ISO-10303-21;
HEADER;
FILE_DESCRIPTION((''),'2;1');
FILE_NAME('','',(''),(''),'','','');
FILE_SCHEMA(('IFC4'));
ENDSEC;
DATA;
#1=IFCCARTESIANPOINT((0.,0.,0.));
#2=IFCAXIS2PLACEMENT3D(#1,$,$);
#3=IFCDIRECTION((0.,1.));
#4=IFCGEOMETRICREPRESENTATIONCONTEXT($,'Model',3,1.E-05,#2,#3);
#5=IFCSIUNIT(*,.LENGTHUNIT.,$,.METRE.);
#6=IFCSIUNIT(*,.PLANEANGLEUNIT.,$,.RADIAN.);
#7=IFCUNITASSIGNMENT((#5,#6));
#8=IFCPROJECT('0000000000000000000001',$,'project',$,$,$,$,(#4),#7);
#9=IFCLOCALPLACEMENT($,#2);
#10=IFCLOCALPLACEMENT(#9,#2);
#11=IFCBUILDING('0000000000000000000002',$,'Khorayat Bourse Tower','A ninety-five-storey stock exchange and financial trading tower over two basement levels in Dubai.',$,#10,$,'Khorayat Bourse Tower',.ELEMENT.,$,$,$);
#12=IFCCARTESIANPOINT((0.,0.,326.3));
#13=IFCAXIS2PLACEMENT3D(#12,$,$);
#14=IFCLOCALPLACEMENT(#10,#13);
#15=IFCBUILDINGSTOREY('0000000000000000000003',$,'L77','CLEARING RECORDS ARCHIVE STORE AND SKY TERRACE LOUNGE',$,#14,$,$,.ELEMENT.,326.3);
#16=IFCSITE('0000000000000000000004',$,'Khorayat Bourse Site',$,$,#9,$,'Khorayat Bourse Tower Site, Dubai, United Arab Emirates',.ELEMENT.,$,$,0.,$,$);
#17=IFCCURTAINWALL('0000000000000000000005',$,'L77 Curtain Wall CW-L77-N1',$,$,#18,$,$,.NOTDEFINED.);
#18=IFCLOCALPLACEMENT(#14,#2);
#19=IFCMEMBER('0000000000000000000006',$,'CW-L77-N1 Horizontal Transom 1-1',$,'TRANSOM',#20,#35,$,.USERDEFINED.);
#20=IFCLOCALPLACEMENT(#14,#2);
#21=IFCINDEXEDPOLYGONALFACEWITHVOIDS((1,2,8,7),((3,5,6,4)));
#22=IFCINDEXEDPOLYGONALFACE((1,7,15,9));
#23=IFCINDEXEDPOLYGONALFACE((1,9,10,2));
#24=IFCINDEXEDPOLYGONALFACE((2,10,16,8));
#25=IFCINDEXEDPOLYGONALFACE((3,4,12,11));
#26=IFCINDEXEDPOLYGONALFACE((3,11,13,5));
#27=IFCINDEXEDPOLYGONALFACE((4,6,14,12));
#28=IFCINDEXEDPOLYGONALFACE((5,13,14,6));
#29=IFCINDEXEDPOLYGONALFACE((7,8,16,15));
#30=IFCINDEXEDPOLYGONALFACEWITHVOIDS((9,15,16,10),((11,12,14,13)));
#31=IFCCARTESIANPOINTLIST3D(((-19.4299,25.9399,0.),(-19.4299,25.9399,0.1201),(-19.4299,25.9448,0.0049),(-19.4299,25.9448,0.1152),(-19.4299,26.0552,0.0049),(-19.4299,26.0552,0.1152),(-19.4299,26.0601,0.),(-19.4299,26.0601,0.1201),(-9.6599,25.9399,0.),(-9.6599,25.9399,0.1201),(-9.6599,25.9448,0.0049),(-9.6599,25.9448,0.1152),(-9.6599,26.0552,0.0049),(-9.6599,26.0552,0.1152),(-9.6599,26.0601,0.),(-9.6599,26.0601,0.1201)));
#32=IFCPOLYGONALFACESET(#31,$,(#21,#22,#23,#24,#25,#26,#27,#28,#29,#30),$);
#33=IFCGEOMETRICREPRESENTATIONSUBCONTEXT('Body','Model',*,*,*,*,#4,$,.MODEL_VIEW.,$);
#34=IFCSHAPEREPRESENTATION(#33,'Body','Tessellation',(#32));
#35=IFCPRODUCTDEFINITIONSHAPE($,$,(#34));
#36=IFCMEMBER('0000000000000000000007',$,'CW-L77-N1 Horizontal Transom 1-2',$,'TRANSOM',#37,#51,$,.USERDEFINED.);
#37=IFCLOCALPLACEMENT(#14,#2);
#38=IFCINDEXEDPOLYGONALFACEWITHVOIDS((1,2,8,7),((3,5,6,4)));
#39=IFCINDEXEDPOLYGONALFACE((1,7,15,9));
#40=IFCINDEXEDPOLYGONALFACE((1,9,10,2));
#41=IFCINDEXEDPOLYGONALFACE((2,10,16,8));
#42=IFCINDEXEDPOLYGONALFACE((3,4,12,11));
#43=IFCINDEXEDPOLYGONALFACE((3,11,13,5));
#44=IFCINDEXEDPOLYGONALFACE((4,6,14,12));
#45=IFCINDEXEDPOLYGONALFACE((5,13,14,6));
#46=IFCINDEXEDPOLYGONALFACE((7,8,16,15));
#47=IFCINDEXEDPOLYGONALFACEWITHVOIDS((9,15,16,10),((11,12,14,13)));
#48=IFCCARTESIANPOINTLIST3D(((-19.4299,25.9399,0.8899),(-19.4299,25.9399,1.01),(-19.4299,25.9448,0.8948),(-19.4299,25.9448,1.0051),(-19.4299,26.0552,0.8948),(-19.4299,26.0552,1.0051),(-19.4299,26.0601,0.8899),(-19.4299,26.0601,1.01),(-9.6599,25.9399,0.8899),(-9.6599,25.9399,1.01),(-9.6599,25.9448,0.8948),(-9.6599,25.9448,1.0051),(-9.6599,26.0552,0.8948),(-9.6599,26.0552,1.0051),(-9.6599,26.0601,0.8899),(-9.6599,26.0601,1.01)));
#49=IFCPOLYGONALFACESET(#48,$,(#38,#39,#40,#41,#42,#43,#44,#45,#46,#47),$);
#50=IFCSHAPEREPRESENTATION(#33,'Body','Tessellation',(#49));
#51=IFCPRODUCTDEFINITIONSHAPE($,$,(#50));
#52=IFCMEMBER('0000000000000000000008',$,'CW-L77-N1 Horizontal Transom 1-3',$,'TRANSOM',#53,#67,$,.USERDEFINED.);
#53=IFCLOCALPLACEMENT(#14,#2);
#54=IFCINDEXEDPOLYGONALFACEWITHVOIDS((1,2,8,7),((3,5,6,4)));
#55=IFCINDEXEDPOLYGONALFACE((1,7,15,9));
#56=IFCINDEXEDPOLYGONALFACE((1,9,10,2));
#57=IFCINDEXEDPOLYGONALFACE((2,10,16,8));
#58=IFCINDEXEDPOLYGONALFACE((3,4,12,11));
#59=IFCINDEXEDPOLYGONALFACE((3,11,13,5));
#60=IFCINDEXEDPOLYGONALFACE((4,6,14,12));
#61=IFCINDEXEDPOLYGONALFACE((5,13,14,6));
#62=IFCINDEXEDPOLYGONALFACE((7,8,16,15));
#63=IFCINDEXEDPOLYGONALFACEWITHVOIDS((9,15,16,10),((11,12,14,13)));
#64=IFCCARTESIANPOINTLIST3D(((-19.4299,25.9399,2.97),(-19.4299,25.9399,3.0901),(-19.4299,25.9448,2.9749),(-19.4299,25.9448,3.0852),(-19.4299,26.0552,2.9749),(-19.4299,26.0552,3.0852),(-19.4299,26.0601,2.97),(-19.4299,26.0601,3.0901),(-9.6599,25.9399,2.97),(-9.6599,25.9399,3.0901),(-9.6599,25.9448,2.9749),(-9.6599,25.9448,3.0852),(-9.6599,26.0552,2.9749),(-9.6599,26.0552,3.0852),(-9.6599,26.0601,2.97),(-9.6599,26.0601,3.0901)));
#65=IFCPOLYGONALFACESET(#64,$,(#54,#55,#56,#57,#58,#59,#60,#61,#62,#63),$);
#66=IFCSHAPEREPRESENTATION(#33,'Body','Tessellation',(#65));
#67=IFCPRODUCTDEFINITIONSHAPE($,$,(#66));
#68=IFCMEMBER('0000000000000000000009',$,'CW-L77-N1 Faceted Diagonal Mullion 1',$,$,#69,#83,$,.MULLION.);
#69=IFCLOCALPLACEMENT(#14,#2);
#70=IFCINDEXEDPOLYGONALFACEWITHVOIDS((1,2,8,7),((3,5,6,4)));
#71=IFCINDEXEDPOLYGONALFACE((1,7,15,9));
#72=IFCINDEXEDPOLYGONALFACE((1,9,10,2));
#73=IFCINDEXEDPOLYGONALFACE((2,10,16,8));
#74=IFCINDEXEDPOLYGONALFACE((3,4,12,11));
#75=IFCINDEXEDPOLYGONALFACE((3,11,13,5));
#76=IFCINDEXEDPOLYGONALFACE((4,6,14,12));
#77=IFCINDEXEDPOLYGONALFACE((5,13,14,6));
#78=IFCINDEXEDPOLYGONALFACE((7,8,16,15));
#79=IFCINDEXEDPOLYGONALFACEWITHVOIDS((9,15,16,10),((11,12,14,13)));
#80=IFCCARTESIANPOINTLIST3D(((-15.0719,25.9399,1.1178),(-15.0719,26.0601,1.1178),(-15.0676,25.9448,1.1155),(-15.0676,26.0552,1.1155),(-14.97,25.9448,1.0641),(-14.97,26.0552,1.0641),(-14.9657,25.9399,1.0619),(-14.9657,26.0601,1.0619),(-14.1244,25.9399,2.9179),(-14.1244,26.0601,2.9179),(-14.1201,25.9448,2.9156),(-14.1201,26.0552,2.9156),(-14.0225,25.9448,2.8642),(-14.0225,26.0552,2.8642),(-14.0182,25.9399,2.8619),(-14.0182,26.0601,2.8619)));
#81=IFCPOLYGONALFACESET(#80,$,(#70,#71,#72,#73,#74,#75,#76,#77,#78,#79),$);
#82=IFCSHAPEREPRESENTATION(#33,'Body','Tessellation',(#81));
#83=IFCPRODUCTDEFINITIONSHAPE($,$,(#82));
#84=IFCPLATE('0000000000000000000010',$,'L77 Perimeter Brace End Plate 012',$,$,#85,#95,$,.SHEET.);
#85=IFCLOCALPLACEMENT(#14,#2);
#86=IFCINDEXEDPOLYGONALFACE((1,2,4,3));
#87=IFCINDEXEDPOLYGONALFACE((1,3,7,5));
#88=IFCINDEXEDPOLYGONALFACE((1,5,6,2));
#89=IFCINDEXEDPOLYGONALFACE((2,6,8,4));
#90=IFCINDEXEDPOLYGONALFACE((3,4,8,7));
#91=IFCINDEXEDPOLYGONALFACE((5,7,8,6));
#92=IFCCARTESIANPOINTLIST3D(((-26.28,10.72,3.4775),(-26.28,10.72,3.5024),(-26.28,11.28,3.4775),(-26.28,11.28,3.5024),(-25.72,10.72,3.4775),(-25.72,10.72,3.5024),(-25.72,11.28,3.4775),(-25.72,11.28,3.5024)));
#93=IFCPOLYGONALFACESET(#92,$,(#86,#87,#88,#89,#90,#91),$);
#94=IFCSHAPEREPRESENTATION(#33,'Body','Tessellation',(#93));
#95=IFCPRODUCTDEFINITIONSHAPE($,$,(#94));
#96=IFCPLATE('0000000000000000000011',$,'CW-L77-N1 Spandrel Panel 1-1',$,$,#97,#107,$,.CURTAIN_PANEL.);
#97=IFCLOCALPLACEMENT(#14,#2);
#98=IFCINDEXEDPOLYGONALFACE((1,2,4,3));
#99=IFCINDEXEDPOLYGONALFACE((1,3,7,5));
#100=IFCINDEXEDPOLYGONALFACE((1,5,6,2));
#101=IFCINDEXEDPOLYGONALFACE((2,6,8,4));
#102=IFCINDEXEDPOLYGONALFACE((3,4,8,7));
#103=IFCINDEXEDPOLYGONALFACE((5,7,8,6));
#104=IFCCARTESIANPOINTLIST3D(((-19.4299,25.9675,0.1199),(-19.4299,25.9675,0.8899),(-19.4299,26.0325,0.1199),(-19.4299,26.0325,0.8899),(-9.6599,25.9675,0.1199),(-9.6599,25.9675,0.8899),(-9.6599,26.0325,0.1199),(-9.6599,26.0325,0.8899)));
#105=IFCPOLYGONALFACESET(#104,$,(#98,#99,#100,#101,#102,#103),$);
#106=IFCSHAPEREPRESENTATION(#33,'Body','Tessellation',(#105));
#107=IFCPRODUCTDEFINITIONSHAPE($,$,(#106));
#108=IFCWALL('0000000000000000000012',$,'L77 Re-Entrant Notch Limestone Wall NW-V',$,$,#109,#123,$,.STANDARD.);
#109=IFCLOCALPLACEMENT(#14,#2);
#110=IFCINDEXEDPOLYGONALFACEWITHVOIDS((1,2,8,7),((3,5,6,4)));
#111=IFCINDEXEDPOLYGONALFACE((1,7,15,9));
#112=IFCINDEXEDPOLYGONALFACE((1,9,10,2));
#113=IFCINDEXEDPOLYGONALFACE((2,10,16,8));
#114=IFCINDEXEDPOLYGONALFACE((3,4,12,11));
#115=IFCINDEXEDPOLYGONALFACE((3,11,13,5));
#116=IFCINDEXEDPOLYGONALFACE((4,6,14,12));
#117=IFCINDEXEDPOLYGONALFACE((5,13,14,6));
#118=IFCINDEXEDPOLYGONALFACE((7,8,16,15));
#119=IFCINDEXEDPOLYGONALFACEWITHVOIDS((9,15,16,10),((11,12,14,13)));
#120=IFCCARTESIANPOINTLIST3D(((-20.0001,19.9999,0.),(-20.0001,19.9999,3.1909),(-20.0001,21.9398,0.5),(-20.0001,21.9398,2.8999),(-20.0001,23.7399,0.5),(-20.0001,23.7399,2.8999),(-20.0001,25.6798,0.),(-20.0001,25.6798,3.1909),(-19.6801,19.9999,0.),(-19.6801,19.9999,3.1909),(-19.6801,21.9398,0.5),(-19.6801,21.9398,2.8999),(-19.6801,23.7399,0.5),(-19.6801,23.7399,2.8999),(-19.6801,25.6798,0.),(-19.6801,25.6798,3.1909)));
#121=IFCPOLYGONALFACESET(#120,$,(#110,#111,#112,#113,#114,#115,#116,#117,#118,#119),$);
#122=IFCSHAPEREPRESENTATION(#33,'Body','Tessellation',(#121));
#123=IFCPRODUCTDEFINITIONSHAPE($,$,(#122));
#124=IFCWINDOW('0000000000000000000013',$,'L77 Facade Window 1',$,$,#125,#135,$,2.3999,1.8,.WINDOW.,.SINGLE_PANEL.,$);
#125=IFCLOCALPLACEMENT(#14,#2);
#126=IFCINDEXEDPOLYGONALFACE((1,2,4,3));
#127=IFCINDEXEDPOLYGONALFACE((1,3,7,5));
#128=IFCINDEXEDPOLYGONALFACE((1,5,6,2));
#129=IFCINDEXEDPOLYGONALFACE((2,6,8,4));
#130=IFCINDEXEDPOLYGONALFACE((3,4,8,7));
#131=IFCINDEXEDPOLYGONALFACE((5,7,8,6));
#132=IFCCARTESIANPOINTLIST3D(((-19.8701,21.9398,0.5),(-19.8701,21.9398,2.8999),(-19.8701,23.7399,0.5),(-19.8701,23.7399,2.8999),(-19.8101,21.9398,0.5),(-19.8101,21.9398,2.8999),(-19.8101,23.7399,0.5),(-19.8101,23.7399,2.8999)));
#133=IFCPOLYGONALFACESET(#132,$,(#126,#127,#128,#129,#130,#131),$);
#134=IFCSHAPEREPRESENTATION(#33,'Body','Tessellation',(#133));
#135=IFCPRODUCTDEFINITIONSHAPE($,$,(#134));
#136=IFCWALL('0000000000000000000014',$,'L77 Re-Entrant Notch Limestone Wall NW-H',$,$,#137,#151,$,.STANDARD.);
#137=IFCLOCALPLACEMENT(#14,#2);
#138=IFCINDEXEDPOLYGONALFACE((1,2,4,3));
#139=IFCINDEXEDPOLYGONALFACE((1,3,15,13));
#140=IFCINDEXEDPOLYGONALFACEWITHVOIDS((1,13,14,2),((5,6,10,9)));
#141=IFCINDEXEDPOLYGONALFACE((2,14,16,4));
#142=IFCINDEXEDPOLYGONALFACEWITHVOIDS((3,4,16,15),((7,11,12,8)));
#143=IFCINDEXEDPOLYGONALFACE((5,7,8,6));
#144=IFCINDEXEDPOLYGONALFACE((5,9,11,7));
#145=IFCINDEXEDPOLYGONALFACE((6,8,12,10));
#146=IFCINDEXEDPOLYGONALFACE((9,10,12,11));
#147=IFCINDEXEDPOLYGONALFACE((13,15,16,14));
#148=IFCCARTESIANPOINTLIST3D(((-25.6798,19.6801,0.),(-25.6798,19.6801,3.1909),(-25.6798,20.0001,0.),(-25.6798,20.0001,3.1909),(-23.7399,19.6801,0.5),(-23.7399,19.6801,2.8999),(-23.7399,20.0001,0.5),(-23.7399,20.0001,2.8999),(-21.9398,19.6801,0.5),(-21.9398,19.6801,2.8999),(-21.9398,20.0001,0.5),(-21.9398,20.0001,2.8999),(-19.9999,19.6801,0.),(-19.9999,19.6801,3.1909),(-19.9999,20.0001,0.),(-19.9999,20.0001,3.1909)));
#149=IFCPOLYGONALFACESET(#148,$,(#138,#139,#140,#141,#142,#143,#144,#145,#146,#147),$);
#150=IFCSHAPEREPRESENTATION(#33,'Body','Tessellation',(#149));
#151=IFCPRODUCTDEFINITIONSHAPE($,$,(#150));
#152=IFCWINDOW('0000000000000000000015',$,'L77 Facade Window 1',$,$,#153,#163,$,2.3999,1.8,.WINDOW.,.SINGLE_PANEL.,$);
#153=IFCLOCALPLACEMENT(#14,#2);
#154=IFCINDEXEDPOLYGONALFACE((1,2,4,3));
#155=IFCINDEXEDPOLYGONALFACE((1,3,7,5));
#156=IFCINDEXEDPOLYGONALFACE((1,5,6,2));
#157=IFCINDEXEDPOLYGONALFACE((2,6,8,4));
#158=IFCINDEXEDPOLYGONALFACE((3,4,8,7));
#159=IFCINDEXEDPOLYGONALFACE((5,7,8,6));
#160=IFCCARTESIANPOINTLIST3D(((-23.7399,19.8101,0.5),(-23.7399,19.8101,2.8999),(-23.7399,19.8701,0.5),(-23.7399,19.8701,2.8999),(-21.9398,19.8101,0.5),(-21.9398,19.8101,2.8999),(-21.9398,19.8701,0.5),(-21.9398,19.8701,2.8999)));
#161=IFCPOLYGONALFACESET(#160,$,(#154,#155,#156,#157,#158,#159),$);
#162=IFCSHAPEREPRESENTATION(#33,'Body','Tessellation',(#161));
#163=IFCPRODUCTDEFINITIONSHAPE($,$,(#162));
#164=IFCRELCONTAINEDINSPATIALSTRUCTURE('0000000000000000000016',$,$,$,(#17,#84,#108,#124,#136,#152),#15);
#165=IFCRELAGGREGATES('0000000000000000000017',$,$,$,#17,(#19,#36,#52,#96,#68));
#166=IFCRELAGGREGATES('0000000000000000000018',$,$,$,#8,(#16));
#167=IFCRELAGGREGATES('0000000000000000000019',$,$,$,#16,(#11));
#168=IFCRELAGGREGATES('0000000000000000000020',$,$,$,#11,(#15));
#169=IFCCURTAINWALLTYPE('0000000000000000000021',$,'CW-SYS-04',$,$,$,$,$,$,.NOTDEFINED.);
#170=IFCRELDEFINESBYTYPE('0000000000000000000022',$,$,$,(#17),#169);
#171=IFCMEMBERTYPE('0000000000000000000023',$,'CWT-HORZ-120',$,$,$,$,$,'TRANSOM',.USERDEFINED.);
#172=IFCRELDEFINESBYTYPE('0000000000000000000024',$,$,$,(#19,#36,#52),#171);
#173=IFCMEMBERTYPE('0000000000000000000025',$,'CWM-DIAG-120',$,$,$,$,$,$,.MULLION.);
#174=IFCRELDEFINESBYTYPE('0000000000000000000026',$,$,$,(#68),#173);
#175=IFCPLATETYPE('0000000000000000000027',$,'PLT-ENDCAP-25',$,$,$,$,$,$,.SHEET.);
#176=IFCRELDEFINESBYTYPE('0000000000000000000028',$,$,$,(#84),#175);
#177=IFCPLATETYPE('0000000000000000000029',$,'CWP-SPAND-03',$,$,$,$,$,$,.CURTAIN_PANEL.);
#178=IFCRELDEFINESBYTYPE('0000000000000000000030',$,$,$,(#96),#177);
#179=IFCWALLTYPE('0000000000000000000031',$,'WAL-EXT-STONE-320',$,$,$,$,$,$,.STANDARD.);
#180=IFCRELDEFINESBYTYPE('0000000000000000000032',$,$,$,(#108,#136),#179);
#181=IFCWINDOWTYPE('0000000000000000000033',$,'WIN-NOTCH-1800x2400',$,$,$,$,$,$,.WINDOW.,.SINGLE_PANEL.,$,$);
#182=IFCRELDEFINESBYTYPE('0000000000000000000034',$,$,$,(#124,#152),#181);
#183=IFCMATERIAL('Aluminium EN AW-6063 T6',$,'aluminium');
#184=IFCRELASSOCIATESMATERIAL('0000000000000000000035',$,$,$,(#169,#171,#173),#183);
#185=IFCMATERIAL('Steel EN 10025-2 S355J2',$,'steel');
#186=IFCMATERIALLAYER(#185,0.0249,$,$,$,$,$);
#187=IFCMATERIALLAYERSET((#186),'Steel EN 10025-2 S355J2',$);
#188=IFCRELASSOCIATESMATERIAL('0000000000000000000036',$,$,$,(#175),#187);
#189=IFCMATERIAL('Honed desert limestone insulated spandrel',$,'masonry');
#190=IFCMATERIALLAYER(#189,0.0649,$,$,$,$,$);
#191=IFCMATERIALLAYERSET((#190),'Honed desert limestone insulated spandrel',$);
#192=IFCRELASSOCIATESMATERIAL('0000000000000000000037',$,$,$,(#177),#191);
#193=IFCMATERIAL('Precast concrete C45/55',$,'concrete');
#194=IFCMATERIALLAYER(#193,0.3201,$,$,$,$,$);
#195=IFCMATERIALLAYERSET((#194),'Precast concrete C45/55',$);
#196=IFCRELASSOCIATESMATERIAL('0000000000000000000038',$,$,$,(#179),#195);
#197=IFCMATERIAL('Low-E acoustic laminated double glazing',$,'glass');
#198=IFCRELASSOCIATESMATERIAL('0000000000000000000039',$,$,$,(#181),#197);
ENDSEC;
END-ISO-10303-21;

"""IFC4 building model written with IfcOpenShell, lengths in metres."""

from ifc_helpers import new_model, si_unit, direction, frame, frame_2d, origin, origin_2d, place, context, subcontext, project, spatial, rectangle, hollow_rectangle, extrude, source, transform, mapped, material, layer, layer_set, material_profile, profile_set, type_object, element, fill, aggregate, save


model = new_model("IFC4")

# Units and contexts
model_context = context("Model", 3, precision=1e-05, world=origin(), true_north=direction((0.0, 1.0)))
body_context = subcontext(model_context, "Body", "Model", "MODEL_VIEW")
ifc_project = project(units=[si_unit("LENGTHUNIT", "METRE"), si_unit("PLANEANGLEUNIT", "RADIAN")], contexts=[model_context])

# Site, building, storey
site_placement = place(None, origin())
site = spatial("IfcSite", under=ifc_project, at=site_placement, Name="Khorayat Bourse Site", LongName="Khorayat Bourse Tower Site, Dubai, United Arab Emirates", CompositionType="ELEMENT", RefElevation=0.0)
building_placement = place(site_placement, origin())
building = spatial("IfcBuilding", under=site, at=building_placement, Name="Khorayat Bourse Tower", Description="A ninety-five-storey stock exchange and financial trading tower over two basement levels in Dubai.", LongName="Khorayat Bourse Tower", CompositionType="ELEMENT")
storey_placement = place(building_placement, frame((0.0, 0.0, 326.3)))
storey = spatial("IfcBuildingStorey", under=building, at=storey_placement, Name="L77", Description="CLEARING RECORDS ARCHIVE STORE AND SKY TERRACE LOUNGE", CompositionType="ELEMENT", Elevation=326.3)

# Shared definitions
ifc_material_1 = material(Name="Steel EN 10025-2 S355J2", Category="steel")

# Curtain wall
ifc_material_2 = material(Name="Aluminium EN AW-6063 T6", Category="aluminium")
curtain_wall_type = type_object("IfcCurtainWallType", Name="CW-SYS-04", PredefinedType="NOTDEFINED", material=ifc_material_2)
curtain_wall_1_placement = place(storey_placement, origin())
curtain_wall_1 = element("IfcCurtainWall", 1, at=curtain_wall_1_placement, inside=storey, type_object=curtain_wall_type, Name="L77 Curtain Wall CW-L77-N1", PredefinedType="NOTDEFINED")

# Members
ifc_material_profile_1 = material_profile(ifc_material_2, hollow_rectangle(XDim=0.1201, YDim=0.1201, WallThickness=0.0049, at=origin_2d()), Name="ALU 120x120x5")
ifc_profile_set_1 = profile_set([ifc_material_profile_1], Name="Aluminium EN AW-6063 T6")
member_type_1 = type_object("IfcMemberType", Name="CWT-HORZ-120", ElementType="TRANSOM", PredefinedType="USERDEFINED", material=ifc_profile_set_1)
shared_shape_1 = source(origin(), body_context, "Body", "SweptSolid", [
    extrude(hollow_rectangle(XDim=0.1201, YDim=0.1201, WallThickness=0.0049, at=origin_2d()), origin(), (0.0, 0.0, 1.0), 9.77),
])
member_1_placement = place(storey_placement, frame((-19.4299, 26.0, 0.0601), z_axis=(1.0, 0.0, 0.0), x_axis=(0.0, 1.0, 0.0)))
member_1 = element("IfcMember", 2, at=member_1_placement, type_object=member_type_1, Name="CW-L77-N1 Horizontal Transom 1-1", ObjectType="TRANSOM", PredefinedType="USERDEFINED", context=body_context, shape_type="MappedRepresentation", body=[
    mapped(shared_shape_1, transform((0.0, 0.0, 0.0), scale=1.0)),
])
member_2_placement = place(storey_placement, frame((-19.4299, 26.0, 0.95), z_axis=(1.0, 0.0, 0.0), x_axis=(0.0, 1.0, 0.0)))
member_2 = element("IfcMember", 3, at=member_2_placement, type_object=member_type_1, Name="CW-L77-N1 Horizontal Transom 1-2", ObjectType="TRANSOM", PredefinedType="USERDEFINED", context=body_context, shape_type="MappedRepresentation", body=[
    mapped(shared_shape_1, transform((0.0, 0.0, 0.0), scale=1.0)),
])
member_3_placement = place(storey_placement, frame((-19.4299, 26.0, 3.03), z_axis=(1.0, 0.0, 0.0), x_axis=(0.0, 1.0, 0.0)))
member_3 = element("IfcMember", 4, at=member_3_placement, type_object=member_type_1, Name="CW-L77-N1 Horizontal Transom 1-3", ObjectType="TRANSOM", PredefinedType="USERDEFINED", context=body_context, shape_type="MappedRepresentation", body=[
    mapped(shared_shape_1, transform((0.0, 0.0, 0.0), scale=1.0)),
])
ifc_material_profile_2 = material_profile(ifc_material_2, hollow_rectangle(XDim=0.1201, YDim=0.1201, WallThickness=0.0049, at=origin_2d()), Name="ALU 120x120x5")
ifc_profile_set_2 = profile_set([ifc_material_profile_2], Name="Aluminium EN AW-6063 T6")
member_type_2 = type_object("IfcMemberType", Name="CWM-DIAG-120", PredefinedType="MULLION", material=ifc_profile_set_2)
shared_shape_2 = source(origin(), body_context, "Body", "SweptSolid", [
    extrude(hollow_rectangle(XDim=0.1201, YDim=0.1201, WallThickness=0.0049, at=origin_2d()), origin(), (0.0, 0.0, 1.0), 2.0342),
])
member_4_placement = place(storey_placement, frame((-15.0188, 26.0, 1.0898), z_axis=(0.465791, 0.0, 0.884895), x_axis=(0.0, 1.0, 0.0)))
member_4 = element("IfcMember", 5, at=member_4_placement, type_object=member_type_2, Name="CW-L77-N1 Faceted Diagonal Mullion 1", PredefinedType="MULLION", context=body_context, shape_type="MappedRepresentation", body=[
    mapped(shared_shape_2, transform((0.0, 0.0, 0.0), scale=1.0)),
])

# Plates
ifc_layer_1 = layer(ifc_material_1, 0.0249)
ifc_layer_set_1 = layer_set([ifc_layer_1], Name="Steel EN 10025-2 S355J2")
plate_type_1 = type_object("IfcPlateType", Name="PLT-ENDCAP-25", PredefinedType="SHEET", material=ifc_layer_set_1)
shared_shape_3 = source(origin(), body_context, "Body", "SweptSolid", [
    extrude(rectangle(XDim=0.5601, YDim=0.5601, at=origin_2d()), origin(), (0.0, 0.0, 1.0), 0.0249),
])
plate_1_placement = place(storey_placement, frame((-26.0, 11.0, 3.4775), z_axis=(0.0, 0.0, 1.0), x_axis=(1.0, 0.0, 0.0)))
element("IfcPlate", 6, at=plate_1_placement, inside=storey, type_object=plate_type_1, Name="L77 Perimeter Brace End Plate 012", PredefinedType="SHEET", context=body_context, shape_type="MappedRepresentation", body=[
    mapped(shared_shape_3, transform((0.0, 0.0, 0.0), scale=1.0)),
])
ifc_material_3 = material(Name="Honed desert limestone insulated spandrel", Category="masonry")
ifc_layer_2 = layer(ifc_material_3, 0.0649)
ifc_layer_set_2 = layer_set([ifc_layer_2], Name="Honed desert limestone insulated spandrel")
plate_type_2 = type_object("IfcPlateType", Name="CWP-SPAND-03", PredefinedType="CURTAIN_PANEL", material=ifc_layer_set_2)
shared_shape_4 = source(origin(), body_context, "Body", "SweptSolid", [
    extrude(rectangle(XDim=9.77, YDim=0.0649, at=origin_2d()), origin(), (0.0, 0.0, 1.0), 0.77),
])
plate_2_placement = place(storey_placement, frame((-14.5449, 26.0, 0.1199), z_axis=(0.0, 0.0, 1.0), x_axis=(1.0, 0.0, 0.0)))
plate_2 = element("IfcPlate", 7, at=plate_2_placement, type_object=plate_type_2, Name="CW-L77-N1 Spandrel Panel 1-1", PredefinedType="CURTAIN_PANEL", context=body_context, shape_type="MappedRepresentation", body=[
    mapped(shared_shape_4, transform((0.0, 0.0, 0.0), scale=1.0)),
])
aggregate(curtain_wall_1, [member_1, member_2, member_3, plate_2, member_4])

# Walls, openings, windows
ifc_material_4 = material(Name="Precast concrete C45/55", Category="concrete")
ifc_layer_3 = layer(ifc_material_4, 0.3201)
ifc_layer_set_3 = layer_set([ifc_layer_3], Name="Precast concrete C45/55")
wall_type_1 = type_object("IfcWallType", Name="WAL-EXT-STONE-320", PredefinedType="STANDARD", material=ifc_layer_set_3)
shared_shape_5 = source(origin(), body_context, "Body", "SweptSolid", [
    extrude(rectangle(XDim=5.6799, YDim=0.3201, at=frame_2d((2.8398, 0.0))), origin(), (0.0, 0.0, 1.0), 3.1909),
])
wall_1_placement = place(storey_placement, frame((-19.8401, 20.0, 0.0), z_axis=(0.0, 0.0, 1.0), x_axis=(0.0, 1.0, 0.0)))
wall_1 = element("IfcWall", 8, at=wall_1_placement, inside=storey, type_object=wall_type_1, Name="L77 Re-Entrant Notch Limestone Wall NW-V", PredefinedType="STANDARD", context=body_context, shape_type="MappedRepresentation", body=[
    mapped(shared_shape_5, transform((0.0, 0.0, 0.0), scale=1.0)),
])
shared_shape_6 = source(origin(), body_context, "Body", "SweptSolid", [
    extrude(rectangle(XDim=1.8, YDim=2.3999, at=frame_2d((0.8999, 1.2))), frame((0.0, 0.1699, 0.0), z_axis=(0.0, -1.0, 0.0), x_axis=(1.0, 0.0, 0.0)), (0.0, 0.0, 1.0), 0.3401),
])
opening_1_placement = place(wall_1_placement, frame((1.9399, 0.0, 0.5)))
opening_1 = element("IfcOpeningElement", 9, at=opening_1_placement, cuts=wall_1, PredefinedType="OPENING", context=body_context, shape_type="MappedRepresentation", body=[
    mapped(shared_shape_6, transform((0.0, 0.0, 0.0), scale=1.0)),
])
ifc_material_5 = material(Name="Low-E acoustic laminated double glazing", Category="glass")
window_type = type_object("IfcWindowType", Name="WIN-NOTCH-1800x2400", PartitioningType="SINGLE_PANEL", PredefinedType="WINDOW", material=ifc_material_5)
shared_shape_7 = source(origin(), body_context, "Body", "SweptSolid", [
    extrude(rectangle(XDim=1.8, YDim=2.3999, at=frame_2d((0.8999, 1.2))), frame((0.0, 0.03, 0.0), z_axis=(0.0, -1.0, 0.0), x_axis=(1.0, 0.0, 0.0)), (0.0, 0.0, 1.0), 0.0601),
])
window_1_placement = place(opening_1_placement, origin())
window_1 = element("IfcWindow", 10, at=window_1_placement, inside=storey, type_object=window_type, Name="L77 Facade Window 1", OverallHeight=2.3999, OverallWidth=1.8, PartitioningType="SINGLE_PANEL", PredefinedType="WINDOW", context=body_context, shape_type="MappedRepresentation", body=[
    mapped(shared_shape_7, transform((0.0, 0.0, 0.0), scale=1.0)),
])
fill(opening_1, window_1)
wall_2_placement = place(storey_placement, frame((-20.0, 19.8401, 0.0), z_axis=(0.0, 0.0, 1.0), x_axis=(-1.0, 0.0, 0.0)))
wall_2 = element("IfcWall", 11, at=wall_2_placement, inside=storey, type_object=wall_type_1, Name="L77 Re-Entrant Notch Limestone Wall NW-H", PredefinedType="STANDARD", context=body_context, shape_type="MappedRepresentation", body=[
    mapped(shared_shape_5, transform((0.0, 0.0, 0.0), scale=1.0)),
])
opening_2_placement = place(wall_2_placement, frame((1.9399, 0.0, 0.5)))
opening_2 = element("IfcOpeningElement", 12, at=opening_2_placement, cuts=wall_2, PredefinedType="OPENING", context=body_context, shape_type="MappedRepresentation", body=[
    mapped(shared_shape_6, transform((0.0, 0.0, 0.0), scale=1.0)),
])
window_2_placement = place(opening_2_placement, origin())
window_2 = element("IfcWindow", 13, at=window_2_placement, inside=storey, type_object=window_type, Name="L77 Facade Window 1", OverallHeight=2.3999, OverallWidth=1.8, PartitioningType="SINGLE_PANEL", PredefinedType="WINDOW", context=body_context, shape_type="MappedRepresentation", body=[
    mapped(shared_shape_7, transform((0.0, 0.0, 0.0), scale=1.0)),
])
fill(opening_2, window_2)

save(model, "model.ifc")
